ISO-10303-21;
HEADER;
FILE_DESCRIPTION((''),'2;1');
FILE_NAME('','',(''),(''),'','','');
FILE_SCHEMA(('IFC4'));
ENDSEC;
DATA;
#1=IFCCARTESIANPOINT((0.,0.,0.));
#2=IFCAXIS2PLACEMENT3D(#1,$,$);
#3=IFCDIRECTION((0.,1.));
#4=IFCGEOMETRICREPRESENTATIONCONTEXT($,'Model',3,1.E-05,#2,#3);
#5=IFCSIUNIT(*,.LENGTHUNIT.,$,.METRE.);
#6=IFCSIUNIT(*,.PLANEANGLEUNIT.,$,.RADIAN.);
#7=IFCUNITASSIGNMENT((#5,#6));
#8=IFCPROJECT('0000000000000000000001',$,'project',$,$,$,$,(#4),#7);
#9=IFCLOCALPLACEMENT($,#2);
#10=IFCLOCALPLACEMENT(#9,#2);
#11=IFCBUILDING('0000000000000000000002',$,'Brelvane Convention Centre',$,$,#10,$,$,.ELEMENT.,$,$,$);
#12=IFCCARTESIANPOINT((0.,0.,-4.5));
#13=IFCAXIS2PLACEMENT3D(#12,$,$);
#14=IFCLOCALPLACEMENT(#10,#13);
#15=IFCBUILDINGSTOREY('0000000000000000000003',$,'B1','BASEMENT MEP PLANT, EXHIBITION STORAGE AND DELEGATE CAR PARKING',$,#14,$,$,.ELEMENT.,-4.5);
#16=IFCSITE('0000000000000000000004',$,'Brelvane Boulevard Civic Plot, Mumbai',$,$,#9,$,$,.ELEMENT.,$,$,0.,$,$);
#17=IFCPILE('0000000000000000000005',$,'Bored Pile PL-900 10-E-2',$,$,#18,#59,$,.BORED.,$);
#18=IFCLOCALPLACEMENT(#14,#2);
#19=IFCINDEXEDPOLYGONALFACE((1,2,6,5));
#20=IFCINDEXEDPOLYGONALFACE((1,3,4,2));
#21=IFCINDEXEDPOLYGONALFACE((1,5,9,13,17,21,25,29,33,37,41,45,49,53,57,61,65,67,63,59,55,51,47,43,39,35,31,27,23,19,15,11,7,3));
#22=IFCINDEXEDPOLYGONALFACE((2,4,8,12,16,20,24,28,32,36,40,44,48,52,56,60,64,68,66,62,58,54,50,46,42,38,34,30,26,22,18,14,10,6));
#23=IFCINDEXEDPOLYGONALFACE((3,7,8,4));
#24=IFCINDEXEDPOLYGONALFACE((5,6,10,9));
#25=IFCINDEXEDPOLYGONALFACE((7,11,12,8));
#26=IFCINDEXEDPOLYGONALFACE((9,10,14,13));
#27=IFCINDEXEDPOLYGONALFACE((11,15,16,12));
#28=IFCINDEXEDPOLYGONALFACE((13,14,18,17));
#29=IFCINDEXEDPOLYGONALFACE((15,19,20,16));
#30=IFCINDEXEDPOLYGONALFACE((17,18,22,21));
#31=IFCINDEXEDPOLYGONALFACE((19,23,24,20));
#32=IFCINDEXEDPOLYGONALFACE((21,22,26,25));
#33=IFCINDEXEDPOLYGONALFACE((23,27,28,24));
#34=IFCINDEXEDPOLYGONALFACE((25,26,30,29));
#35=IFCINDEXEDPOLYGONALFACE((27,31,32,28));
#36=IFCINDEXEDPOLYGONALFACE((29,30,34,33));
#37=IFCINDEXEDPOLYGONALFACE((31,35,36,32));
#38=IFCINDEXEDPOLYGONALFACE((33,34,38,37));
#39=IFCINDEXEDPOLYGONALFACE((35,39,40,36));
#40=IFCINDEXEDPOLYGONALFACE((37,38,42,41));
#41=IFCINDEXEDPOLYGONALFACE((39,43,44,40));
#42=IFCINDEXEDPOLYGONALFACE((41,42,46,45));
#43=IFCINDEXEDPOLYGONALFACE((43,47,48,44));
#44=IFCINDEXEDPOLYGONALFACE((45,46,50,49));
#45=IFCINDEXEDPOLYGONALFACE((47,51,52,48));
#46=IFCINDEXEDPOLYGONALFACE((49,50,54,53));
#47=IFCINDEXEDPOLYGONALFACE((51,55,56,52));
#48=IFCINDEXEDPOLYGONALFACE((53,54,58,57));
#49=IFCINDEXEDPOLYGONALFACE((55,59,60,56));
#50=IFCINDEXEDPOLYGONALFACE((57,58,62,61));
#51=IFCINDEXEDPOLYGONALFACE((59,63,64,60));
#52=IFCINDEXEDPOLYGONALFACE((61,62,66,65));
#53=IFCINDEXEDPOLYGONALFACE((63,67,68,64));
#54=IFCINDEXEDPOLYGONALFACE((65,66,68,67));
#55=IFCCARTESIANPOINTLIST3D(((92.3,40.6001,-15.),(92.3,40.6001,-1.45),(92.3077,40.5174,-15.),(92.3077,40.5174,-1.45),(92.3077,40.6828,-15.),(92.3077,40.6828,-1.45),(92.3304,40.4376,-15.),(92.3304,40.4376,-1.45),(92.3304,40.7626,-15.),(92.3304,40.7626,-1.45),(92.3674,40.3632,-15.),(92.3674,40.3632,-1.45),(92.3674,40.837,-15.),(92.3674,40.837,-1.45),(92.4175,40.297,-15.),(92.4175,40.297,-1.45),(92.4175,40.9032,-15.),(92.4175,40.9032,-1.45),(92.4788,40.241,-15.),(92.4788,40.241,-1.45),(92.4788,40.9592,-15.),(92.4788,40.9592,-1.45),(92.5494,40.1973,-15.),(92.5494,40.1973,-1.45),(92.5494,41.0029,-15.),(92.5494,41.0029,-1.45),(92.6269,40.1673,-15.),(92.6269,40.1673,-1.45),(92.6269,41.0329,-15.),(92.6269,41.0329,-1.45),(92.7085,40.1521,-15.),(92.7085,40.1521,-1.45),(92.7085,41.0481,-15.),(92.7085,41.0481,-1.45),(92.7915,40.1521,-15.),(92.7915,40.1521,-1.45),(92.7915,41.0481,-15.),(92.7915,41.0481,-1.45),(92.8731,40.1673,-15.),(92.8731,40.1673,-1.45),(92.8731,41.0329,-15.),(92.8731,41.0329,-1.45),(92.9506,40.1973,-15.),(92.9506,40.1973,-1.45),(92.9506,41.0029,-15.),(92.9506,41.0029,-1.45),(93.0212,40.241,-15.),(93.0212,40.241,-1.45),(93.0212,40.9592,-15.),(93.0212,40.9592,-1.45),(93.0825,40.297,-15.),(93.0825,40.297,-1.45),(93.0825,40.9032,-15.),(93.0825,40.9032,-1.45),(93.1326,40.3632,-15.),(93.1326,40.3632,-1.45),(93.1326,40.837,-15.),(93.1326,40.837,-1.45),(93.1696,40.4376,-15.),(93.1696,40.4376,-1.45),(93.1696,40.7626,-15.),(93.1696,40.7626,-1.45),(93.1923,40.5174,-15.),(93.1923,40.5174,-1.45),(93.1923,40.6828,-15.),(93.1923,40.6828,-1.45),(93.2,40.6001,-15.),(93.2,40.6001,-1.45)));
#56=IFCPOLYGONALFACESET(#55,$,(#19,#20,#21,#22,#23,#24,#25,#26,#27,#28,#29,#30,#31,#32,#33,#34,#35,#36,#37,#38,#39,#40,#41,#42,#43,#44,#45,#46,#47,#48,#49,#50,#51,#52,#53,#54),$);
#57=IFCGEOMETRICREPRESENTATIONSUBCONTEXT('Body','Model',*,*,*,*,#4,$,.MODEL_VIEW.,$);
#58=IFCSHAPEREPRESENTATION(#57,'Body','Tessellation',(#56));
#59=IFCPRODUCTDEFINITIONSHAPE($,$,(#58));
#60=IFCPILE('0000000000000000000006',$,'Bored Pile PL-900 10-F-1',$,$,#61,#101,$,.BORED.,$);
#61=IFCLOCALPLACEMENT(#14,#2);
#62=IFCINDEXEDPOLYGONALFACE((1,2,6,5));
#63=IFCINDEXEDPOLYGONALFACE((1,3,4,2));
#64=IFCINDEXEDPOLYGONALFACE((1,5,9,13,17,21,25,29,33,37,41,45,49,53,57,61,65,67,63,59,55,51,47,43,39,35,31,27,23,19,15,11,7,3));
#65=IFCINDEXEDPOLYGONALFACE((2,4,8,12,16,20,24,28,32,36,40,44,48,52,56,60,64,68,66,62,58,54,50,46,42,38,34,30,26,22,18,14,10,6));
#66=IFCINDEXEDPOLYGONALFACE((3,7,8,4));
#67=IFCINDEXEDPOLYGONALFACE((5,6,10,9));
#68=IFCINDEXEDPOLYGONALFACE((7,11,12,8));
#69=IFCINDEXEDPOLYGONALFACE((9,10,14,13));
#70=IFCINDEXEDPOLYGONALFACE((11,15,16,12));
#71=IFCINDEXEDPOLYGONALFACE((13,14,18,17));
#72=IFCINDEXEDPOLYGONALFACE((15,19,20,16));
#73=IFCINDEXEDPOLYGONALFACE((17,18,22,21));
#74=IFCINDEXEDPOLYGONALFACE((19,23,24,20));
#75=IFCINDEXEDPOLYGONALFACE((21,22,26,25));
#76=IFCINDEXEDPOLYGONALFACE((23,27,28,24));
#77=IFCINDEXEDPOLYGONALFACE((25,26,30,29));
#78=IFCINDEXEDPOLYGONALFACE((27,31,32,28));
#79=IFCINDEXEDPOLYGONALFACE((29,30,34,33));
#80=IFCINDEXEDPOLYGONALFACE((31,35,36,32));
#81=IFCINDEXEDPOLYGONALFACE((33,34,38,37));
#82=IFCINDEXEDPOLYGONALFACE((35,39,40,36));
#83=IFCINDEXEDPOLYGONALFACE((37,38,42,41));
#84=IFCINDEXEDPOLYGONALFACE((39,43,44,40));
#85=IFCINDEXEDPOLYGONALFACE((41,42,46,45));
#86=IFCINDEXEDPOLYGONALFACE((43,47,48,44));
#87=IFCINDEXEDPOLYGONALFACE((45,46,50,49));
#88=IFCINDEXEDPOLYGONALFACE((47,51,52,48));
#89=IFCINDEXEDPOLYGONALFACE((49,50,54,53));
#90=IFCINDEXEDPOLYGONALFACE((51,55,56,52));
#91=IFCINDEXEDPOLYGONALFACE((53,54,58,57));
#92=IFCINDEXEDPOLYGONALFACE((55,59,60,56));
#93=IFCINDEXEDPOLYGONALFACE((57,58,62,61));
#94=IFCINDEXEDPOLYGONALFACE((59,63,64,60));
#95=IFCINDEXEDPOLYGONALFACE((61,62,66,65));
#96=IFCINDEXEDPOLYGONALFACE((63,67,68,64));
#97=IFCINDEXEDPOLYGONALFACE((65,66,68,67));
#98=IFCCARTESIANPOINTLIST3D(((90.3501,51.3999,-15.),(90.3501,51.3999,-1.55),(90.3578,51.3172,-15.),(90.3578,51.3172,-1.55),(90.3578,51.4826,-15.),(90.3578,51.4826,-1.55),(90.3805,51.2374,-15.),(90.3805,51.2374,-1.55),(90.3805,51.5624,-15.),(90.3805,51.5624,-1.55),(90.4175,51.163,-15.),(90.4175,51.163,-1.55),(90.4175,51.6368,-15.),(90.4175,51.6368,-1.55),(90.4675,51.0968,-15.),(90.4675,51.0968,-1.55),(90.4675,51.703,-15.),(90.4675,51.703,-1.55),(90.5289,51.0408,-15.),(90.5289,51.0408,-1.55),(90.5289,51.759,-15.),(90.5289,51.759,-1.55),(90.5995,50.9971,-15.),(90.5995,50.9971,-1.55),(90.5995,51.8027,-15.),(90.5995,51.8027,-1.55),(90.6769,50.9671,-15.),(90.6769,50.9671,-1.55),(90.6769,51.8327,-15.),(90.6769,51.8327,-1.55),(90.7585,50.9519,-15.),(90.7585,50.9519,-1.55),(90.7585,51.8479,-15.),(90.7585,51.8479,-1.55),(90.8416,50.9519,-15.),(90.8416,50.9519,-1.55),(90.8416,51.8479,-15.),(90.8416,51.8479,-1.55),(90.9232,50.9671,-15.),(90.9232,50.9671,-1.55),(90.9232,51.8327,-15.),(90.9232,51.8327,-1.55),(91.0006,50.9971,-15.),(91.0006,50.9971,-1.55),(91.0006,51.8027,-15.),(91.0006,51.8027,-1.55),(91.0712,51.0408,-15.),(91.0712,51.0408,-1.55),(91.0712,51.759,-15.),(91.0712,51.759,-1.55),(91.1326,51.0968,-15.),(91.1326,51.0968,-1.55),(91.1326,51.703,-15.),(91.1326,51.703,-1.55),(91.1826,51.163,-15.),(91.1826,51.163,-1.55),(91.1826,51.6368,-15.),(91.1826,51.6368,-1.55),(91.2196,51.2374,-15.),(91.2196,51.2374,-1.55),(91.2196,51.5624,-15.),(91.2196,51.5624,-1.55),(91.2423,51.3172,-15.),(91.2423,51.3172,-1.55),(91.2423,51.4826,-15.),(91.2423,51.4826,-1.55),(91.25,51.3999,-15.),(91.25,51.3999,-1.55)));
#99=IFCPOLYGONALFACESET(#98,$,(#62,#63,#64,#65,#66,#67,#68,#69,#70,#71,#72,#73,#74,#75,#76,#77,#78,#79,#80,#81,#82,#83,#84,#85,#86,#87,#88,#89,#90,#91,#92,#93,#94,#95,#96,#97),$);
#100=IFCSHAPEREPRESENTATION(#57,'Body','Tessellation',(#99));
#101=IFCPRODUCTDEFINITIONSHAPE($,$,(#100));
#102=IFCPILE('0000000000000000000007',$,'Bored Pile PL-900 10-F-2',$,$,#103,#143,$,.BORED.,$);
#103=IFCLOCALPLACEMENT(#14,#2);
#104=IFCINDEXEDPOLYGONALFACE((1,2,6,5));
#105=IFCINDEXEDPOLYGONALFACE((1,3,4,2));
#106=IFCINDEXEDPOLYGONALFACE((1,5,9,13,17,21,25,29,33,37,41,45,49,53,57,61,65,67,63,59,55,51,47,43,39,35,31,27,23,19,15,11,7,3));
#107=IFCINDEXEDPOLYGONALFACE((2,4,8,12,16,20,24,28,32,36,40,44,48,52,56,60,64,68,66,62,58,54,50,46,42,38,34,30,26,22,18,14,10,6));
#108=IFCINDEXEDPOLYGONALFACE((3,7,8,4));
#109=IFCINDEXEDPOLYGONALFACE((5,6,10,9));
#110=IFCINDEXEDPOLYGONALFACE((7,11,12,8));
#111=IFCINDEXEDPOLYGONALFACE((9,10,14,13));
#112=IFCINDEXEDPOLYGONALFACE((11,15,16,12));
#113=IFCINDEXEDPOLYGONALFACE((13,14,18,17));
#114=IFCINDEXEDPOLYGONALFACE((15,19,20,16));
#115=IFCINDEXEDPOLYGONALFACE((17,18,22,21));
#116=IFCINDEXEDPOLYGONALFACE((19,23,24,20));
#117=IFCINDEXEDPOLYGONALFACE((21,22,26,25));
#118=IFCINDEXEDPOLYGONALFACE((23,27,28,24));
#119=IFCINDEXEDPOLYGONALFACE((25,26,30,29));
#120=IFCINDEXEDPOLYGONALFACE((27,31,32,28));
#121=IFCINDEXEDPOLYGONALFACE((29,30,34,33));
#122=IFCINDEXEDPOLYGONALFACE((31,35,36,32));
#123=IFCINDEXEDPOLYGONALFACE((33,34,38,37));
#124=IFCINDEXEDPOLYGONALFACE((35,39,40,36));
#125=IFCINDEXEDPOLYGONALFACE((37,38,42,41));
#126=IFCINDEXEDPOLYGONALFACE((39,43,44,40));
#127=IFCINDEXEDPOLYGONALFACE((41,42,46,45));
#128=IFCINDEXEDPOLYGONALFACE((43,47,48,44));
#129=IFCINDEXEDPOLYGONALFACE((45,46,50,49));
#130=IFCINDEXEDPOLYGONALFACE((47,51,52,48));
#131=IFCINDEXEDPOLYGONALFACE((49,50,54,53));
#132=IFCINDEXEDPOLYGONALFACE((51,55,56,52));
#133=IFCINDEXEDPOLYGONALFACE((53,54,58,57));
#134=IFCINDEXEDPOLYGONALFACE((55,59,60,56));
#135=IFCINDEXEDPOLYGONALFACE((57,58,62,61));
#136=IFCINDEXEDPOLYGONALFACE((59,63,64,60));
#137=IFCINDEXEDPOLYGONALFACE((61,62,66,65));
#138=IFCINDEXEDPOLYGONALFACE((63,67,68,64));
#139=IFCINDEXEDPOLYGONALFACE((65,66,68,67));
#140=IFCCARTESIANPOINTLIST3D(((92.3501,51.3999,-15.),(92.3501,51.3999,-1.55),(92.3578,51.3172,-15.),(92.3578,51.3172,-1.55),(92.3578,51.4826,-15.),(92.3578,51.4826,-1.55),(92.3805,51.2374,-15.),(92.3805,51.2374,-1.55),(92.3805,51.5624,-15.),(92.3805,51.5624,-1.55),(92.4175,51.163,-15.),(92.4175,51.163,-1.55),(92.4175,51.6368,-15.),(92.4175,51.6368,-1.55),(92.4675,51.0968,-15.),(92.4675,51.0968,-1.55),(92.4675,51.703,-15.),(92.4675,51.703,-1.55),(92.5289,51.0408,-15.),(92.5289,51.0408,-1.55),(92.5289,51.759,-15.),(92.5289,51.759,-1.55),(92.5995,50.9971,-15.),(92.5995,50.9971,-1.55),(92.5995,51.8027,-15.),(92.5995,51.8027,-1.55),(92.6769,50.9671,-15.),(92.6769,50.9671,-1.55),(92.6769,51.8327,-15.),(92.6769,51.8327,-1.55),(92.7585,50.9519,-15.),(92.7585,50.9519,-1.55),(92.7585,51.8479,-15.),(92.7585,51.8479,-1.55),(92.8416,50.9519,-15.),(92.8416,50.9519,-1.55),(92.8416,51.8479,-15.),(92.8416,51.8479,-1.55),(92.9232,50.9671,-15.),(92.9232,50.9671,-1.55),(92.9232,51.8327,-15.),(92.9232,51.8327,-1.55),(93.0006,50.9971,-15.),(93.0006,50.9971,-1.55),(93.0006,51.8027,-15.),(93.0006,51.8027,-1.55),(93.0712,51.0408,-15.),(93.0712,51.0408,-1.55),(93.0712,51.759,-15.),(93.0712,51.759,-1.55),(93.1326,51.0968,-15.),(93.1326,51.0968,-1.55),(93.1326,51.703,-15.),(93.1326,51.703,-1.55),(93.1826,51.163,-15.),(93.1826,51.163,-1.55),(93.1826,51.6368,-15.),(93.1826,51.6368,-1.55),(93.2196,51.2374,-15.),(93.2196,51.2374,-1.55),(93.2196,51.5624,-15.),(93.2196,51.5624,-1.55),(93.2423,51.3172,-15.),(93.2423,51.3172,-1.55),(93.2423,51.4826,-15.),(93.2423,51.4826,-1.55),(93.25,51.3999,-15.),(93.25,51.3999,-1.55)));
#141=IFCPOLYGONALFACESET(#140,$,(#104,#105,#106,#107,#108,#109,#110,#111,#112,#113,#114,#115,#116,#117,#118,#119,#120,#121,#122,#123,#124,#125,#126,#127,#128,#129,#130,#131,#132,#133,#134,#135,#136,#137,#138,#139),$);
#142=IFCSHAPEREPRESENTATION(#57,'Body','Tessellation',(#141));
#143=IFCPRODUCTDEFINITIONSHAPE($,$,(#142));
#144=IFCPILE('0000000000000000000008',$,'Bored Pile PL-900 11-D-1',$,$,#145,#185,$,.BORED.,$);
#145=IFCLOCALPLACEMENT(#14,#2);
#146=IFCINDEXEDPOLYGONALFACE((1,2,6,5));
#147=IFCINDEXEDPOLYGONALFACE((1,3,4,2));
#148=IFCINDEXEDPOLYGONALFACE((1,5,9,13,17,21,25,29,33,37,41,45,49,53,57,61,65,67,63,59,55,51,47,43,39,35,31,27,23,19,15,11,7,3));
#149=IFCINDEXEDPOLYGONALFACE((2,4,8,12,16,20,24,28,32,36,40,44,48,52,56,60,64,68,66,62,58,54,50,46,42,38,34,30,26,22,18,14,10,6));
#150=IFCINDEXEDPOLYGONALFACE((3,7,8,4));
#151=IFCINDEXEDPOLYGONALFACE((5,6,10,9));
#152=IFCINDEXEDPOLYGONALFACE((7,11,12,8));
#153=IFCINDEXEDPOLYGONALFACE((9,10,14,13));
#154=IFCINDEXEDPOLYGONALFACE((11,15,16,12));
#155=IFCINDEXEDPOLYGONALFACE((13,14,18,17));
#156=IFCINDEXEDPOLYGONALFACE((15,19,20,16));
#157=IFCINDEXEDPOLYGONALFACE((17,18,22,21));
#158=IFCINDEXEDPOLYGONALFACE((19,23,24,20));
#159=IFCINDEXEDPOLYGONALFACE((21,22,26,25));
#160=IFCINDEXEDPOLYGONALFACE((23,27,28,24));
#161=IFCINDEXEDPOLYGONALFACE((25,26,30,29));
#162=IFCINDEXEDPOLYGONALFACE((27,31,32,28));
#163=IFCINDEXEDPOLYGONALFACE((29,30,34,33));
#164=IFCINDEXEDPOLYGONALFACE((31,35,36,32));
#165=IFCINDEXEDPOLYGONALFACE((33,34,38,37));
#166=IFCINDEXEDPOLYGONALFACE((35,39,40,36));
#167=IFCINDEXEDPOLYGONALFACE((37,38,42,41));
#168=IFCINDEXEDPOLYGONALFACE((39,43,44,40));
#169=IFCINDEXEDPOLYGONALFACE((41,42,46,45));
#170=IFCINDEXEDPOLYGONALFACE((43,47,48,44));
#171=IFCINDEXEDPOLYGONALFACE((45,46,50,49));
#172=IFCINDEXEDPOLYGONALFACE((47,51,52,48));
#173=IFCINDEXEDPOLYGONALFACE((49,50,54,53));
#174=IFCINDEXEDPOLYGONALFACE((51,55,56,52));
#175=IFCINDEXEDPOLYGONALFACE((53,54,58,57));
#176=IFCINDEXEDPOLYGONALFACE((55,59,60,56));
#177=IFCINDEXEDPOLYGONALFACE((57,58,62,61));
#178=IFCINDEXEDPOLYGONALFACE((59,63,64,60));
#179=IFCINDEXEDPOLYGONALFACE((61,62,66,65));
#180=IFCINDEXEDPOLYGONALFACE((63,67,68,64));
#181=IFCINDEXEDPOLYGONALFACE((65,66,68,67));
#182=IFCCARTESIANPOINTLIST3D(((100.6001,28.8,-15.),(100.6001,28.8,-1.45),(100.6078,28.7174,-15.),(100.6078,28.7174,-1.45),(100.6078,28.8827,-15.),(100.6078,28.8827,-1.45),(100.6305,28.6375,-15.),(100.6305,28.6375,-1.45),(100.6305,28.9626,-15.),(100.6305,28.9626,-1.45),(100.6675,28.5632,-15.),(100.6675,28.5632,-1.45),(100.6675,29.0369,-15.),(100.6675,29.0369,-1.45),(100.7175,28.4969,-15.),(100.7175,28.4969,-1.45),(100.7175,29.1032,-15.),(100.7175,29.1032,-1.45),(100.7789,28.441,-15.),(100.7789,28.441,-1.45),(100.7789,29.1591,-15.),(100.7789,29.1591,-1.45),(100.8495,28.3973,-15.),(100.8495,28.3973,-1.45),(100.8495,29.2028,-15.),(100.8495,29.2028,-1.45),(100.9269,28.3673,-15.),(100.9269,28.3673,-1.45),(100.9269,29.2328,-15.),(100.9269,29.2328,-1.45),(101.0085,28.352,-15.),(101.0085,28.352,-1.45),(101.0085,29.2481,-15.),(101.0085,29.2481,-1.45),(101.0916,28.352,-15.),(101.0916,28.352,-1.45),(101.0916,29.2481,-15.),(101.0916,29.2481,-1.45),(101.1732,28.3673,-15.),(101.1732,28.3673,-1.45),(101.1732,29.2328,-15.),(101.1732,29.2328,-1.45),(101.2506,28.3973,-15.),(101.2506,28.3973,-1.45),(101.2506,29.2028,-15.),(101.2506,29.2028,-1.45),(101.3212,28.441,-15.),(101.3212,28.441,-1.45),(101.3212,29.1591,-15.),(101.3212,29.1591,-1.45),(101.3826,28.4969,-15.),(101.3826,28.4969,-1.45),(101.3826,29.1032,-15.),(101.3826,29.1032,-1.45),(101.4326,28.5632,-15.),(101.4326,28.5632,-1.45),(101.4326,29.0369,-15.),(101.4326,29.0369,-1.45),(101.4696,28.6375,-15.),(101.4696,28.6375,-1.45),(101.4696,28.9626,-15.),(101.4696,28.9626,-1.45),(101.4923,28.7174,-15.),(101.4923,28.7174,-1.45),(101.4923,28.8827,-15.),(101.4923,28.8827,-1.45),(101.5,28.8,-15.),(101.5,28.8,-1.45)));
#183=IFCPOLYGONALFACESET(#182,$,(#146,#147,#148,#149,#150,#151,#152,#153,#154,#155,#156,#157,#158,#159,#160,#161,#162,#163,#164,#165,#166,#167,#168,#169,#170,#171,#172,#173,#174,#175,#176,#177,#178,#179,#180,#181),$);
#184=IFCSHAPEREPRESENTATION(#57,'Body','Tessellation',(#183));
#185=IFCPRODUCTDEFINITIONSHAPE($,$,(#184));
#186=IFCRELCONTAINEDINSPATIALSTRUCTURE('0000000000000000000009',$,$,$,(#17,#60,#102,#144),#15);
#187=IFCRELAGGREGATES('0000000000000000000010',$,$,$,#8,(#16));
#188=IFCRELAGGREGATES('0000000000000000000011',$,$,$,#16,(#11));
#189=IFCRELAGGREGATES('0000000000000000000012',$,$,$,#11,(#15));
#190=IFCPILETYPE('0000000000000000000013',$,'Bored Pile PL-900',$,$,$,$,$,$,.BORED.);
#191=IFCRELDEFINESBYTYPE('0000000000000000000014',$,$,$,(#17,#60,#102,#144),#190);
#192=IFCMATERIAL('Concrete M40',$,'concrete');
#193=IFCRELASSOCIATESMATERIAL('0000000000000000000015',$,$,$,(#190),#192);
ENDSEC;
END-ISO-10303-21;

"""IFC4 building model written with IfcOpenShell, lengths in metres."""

from ifc_helpers import new_model, si_unit, direction, frame, origin, origin_2d, place, context, subcontext, project, spatial, circle, extrude, material, material_profile, profile_set, type_object, element, save


model = new_model("IFC4")

# Units and contexts
model_context = context("Model", 3, precision=1e-05, world=origin(), true_north=direction((0.0, 1.0)))
body_context = subcontext(model_context, "Body", "Model", "MODEL_VIEW")
ifc_project = project(units=[si_unit("LENGTHUNIT", "METRE"), si_unit("PLANEANGLEUNIT", "RADIAN")], contexts=[model_context])

# Site, building, storey
site_placement = place(None, origin())
site = spatial("IfcSite", under=ifc_project, at=site_placement, Name="Brelvane Boulevard Civic Plot, Mumbai", CompositionType="ELEMENT", RefElevation=0.0)
building_placement = place(site_placement, origin())
building = spatial("IfcBuilding", under=site, at=building_placement, Name="Brelvane Convention Centre", CompositionType="ELEMENT")
storey_placement = place(building_placement, frame((0.0, 0.0, -4.5)))
storey = spatial("IfcBuildingStorey", under=building, at=storey_placement, Name="B1", Description="BASEMENT MEP PLANT, EXHIBITION STORAGE AND DELEGATE CAR PARKING", CompositionType="ELEMENT", Elevation=-4.5)

# Piles
ifc_material_1 = material(Name="Concrete M40", Category="concrete")
ifc_material_profile_1 = material_profile(ifc_material_1, circle(Radius=0.45, at=origin_2d()), Name="PILE D900")
ifc_profile_set_1 = profile_set([ifc_material_profile_1], Name="Concrete M40")
pile_type = type_object("IfcPileType", Name="Bored Pile PL-900", PredefinedType="BORED", material=ifc_profile_set_1)
for number, where, z_axis, x_axis, name in (
    (1, (92.75, 40.6001, -1.45), (0.0, 0.0, -1.0), (1.0, 0.0, 0.0), "Bored Pile PL-900 10-E-2"),
):
    element("IfcPile", number, at=place(storey_placement, frame(where, z_axis=z_axis, x_axis=x_axis)), inside=storey, type_object=pile_type, Name=name, PredefinedType="BORED", context=body_context, shape_type="SweptSolid", body=[
        extrude(circle(Radius=0.45, at=origin_2d()), origin(), (0.0, 0.0, 1.0), 13.55),
    ])
for number, where, z_axis, x_axis, name in (
    (2, (90.8, 51.3999, -1.55), (0.0, 0.0, -1.0), (1.0, 0.0, 0.0), "Bored Pile PL-900 10-F-1"),
    (3, (92.8, 51.3999, -1.55), (0.0, 0.0, -1.0), (1.0, 0.0, 0.0), "Bored Pile PL-900 10-F-2"),
):
    element("IfcPile", number, at=place(storey_placement, frame(where, z_axis=z_axis, x_axis=x_axis)), inside=storey, type_object=pile_type, Name=name, PredefinedType="BORED", context=body_context, shape_type="SweptSolid", body=[
        extrude(circle(Radius=0.45, at=origin_2d()), origin(), (0.0, 0.0, 1.0), 13.45),
    ])
pile_placement = place(storey_placement, frame((101.05, 28.8, -1.45), z_axis=(0.0, 0.0, -1.0), x_axis=(1.0, 0.0, 0.0)))
element("IfcPile", 4, at=pile_placement, inside=storey, type_object=pile_type, Name="Bored Pile PL-900 11-D-1", PredefinedType="BORED", context=body_context, shape_type="SweptSolid", body=[
    extrude(circle(Radius=0.45, at=origin_2d()), origin(), (0.0, 0.0, 1.0), 13.55),
])

save(model, "model.ifc")
